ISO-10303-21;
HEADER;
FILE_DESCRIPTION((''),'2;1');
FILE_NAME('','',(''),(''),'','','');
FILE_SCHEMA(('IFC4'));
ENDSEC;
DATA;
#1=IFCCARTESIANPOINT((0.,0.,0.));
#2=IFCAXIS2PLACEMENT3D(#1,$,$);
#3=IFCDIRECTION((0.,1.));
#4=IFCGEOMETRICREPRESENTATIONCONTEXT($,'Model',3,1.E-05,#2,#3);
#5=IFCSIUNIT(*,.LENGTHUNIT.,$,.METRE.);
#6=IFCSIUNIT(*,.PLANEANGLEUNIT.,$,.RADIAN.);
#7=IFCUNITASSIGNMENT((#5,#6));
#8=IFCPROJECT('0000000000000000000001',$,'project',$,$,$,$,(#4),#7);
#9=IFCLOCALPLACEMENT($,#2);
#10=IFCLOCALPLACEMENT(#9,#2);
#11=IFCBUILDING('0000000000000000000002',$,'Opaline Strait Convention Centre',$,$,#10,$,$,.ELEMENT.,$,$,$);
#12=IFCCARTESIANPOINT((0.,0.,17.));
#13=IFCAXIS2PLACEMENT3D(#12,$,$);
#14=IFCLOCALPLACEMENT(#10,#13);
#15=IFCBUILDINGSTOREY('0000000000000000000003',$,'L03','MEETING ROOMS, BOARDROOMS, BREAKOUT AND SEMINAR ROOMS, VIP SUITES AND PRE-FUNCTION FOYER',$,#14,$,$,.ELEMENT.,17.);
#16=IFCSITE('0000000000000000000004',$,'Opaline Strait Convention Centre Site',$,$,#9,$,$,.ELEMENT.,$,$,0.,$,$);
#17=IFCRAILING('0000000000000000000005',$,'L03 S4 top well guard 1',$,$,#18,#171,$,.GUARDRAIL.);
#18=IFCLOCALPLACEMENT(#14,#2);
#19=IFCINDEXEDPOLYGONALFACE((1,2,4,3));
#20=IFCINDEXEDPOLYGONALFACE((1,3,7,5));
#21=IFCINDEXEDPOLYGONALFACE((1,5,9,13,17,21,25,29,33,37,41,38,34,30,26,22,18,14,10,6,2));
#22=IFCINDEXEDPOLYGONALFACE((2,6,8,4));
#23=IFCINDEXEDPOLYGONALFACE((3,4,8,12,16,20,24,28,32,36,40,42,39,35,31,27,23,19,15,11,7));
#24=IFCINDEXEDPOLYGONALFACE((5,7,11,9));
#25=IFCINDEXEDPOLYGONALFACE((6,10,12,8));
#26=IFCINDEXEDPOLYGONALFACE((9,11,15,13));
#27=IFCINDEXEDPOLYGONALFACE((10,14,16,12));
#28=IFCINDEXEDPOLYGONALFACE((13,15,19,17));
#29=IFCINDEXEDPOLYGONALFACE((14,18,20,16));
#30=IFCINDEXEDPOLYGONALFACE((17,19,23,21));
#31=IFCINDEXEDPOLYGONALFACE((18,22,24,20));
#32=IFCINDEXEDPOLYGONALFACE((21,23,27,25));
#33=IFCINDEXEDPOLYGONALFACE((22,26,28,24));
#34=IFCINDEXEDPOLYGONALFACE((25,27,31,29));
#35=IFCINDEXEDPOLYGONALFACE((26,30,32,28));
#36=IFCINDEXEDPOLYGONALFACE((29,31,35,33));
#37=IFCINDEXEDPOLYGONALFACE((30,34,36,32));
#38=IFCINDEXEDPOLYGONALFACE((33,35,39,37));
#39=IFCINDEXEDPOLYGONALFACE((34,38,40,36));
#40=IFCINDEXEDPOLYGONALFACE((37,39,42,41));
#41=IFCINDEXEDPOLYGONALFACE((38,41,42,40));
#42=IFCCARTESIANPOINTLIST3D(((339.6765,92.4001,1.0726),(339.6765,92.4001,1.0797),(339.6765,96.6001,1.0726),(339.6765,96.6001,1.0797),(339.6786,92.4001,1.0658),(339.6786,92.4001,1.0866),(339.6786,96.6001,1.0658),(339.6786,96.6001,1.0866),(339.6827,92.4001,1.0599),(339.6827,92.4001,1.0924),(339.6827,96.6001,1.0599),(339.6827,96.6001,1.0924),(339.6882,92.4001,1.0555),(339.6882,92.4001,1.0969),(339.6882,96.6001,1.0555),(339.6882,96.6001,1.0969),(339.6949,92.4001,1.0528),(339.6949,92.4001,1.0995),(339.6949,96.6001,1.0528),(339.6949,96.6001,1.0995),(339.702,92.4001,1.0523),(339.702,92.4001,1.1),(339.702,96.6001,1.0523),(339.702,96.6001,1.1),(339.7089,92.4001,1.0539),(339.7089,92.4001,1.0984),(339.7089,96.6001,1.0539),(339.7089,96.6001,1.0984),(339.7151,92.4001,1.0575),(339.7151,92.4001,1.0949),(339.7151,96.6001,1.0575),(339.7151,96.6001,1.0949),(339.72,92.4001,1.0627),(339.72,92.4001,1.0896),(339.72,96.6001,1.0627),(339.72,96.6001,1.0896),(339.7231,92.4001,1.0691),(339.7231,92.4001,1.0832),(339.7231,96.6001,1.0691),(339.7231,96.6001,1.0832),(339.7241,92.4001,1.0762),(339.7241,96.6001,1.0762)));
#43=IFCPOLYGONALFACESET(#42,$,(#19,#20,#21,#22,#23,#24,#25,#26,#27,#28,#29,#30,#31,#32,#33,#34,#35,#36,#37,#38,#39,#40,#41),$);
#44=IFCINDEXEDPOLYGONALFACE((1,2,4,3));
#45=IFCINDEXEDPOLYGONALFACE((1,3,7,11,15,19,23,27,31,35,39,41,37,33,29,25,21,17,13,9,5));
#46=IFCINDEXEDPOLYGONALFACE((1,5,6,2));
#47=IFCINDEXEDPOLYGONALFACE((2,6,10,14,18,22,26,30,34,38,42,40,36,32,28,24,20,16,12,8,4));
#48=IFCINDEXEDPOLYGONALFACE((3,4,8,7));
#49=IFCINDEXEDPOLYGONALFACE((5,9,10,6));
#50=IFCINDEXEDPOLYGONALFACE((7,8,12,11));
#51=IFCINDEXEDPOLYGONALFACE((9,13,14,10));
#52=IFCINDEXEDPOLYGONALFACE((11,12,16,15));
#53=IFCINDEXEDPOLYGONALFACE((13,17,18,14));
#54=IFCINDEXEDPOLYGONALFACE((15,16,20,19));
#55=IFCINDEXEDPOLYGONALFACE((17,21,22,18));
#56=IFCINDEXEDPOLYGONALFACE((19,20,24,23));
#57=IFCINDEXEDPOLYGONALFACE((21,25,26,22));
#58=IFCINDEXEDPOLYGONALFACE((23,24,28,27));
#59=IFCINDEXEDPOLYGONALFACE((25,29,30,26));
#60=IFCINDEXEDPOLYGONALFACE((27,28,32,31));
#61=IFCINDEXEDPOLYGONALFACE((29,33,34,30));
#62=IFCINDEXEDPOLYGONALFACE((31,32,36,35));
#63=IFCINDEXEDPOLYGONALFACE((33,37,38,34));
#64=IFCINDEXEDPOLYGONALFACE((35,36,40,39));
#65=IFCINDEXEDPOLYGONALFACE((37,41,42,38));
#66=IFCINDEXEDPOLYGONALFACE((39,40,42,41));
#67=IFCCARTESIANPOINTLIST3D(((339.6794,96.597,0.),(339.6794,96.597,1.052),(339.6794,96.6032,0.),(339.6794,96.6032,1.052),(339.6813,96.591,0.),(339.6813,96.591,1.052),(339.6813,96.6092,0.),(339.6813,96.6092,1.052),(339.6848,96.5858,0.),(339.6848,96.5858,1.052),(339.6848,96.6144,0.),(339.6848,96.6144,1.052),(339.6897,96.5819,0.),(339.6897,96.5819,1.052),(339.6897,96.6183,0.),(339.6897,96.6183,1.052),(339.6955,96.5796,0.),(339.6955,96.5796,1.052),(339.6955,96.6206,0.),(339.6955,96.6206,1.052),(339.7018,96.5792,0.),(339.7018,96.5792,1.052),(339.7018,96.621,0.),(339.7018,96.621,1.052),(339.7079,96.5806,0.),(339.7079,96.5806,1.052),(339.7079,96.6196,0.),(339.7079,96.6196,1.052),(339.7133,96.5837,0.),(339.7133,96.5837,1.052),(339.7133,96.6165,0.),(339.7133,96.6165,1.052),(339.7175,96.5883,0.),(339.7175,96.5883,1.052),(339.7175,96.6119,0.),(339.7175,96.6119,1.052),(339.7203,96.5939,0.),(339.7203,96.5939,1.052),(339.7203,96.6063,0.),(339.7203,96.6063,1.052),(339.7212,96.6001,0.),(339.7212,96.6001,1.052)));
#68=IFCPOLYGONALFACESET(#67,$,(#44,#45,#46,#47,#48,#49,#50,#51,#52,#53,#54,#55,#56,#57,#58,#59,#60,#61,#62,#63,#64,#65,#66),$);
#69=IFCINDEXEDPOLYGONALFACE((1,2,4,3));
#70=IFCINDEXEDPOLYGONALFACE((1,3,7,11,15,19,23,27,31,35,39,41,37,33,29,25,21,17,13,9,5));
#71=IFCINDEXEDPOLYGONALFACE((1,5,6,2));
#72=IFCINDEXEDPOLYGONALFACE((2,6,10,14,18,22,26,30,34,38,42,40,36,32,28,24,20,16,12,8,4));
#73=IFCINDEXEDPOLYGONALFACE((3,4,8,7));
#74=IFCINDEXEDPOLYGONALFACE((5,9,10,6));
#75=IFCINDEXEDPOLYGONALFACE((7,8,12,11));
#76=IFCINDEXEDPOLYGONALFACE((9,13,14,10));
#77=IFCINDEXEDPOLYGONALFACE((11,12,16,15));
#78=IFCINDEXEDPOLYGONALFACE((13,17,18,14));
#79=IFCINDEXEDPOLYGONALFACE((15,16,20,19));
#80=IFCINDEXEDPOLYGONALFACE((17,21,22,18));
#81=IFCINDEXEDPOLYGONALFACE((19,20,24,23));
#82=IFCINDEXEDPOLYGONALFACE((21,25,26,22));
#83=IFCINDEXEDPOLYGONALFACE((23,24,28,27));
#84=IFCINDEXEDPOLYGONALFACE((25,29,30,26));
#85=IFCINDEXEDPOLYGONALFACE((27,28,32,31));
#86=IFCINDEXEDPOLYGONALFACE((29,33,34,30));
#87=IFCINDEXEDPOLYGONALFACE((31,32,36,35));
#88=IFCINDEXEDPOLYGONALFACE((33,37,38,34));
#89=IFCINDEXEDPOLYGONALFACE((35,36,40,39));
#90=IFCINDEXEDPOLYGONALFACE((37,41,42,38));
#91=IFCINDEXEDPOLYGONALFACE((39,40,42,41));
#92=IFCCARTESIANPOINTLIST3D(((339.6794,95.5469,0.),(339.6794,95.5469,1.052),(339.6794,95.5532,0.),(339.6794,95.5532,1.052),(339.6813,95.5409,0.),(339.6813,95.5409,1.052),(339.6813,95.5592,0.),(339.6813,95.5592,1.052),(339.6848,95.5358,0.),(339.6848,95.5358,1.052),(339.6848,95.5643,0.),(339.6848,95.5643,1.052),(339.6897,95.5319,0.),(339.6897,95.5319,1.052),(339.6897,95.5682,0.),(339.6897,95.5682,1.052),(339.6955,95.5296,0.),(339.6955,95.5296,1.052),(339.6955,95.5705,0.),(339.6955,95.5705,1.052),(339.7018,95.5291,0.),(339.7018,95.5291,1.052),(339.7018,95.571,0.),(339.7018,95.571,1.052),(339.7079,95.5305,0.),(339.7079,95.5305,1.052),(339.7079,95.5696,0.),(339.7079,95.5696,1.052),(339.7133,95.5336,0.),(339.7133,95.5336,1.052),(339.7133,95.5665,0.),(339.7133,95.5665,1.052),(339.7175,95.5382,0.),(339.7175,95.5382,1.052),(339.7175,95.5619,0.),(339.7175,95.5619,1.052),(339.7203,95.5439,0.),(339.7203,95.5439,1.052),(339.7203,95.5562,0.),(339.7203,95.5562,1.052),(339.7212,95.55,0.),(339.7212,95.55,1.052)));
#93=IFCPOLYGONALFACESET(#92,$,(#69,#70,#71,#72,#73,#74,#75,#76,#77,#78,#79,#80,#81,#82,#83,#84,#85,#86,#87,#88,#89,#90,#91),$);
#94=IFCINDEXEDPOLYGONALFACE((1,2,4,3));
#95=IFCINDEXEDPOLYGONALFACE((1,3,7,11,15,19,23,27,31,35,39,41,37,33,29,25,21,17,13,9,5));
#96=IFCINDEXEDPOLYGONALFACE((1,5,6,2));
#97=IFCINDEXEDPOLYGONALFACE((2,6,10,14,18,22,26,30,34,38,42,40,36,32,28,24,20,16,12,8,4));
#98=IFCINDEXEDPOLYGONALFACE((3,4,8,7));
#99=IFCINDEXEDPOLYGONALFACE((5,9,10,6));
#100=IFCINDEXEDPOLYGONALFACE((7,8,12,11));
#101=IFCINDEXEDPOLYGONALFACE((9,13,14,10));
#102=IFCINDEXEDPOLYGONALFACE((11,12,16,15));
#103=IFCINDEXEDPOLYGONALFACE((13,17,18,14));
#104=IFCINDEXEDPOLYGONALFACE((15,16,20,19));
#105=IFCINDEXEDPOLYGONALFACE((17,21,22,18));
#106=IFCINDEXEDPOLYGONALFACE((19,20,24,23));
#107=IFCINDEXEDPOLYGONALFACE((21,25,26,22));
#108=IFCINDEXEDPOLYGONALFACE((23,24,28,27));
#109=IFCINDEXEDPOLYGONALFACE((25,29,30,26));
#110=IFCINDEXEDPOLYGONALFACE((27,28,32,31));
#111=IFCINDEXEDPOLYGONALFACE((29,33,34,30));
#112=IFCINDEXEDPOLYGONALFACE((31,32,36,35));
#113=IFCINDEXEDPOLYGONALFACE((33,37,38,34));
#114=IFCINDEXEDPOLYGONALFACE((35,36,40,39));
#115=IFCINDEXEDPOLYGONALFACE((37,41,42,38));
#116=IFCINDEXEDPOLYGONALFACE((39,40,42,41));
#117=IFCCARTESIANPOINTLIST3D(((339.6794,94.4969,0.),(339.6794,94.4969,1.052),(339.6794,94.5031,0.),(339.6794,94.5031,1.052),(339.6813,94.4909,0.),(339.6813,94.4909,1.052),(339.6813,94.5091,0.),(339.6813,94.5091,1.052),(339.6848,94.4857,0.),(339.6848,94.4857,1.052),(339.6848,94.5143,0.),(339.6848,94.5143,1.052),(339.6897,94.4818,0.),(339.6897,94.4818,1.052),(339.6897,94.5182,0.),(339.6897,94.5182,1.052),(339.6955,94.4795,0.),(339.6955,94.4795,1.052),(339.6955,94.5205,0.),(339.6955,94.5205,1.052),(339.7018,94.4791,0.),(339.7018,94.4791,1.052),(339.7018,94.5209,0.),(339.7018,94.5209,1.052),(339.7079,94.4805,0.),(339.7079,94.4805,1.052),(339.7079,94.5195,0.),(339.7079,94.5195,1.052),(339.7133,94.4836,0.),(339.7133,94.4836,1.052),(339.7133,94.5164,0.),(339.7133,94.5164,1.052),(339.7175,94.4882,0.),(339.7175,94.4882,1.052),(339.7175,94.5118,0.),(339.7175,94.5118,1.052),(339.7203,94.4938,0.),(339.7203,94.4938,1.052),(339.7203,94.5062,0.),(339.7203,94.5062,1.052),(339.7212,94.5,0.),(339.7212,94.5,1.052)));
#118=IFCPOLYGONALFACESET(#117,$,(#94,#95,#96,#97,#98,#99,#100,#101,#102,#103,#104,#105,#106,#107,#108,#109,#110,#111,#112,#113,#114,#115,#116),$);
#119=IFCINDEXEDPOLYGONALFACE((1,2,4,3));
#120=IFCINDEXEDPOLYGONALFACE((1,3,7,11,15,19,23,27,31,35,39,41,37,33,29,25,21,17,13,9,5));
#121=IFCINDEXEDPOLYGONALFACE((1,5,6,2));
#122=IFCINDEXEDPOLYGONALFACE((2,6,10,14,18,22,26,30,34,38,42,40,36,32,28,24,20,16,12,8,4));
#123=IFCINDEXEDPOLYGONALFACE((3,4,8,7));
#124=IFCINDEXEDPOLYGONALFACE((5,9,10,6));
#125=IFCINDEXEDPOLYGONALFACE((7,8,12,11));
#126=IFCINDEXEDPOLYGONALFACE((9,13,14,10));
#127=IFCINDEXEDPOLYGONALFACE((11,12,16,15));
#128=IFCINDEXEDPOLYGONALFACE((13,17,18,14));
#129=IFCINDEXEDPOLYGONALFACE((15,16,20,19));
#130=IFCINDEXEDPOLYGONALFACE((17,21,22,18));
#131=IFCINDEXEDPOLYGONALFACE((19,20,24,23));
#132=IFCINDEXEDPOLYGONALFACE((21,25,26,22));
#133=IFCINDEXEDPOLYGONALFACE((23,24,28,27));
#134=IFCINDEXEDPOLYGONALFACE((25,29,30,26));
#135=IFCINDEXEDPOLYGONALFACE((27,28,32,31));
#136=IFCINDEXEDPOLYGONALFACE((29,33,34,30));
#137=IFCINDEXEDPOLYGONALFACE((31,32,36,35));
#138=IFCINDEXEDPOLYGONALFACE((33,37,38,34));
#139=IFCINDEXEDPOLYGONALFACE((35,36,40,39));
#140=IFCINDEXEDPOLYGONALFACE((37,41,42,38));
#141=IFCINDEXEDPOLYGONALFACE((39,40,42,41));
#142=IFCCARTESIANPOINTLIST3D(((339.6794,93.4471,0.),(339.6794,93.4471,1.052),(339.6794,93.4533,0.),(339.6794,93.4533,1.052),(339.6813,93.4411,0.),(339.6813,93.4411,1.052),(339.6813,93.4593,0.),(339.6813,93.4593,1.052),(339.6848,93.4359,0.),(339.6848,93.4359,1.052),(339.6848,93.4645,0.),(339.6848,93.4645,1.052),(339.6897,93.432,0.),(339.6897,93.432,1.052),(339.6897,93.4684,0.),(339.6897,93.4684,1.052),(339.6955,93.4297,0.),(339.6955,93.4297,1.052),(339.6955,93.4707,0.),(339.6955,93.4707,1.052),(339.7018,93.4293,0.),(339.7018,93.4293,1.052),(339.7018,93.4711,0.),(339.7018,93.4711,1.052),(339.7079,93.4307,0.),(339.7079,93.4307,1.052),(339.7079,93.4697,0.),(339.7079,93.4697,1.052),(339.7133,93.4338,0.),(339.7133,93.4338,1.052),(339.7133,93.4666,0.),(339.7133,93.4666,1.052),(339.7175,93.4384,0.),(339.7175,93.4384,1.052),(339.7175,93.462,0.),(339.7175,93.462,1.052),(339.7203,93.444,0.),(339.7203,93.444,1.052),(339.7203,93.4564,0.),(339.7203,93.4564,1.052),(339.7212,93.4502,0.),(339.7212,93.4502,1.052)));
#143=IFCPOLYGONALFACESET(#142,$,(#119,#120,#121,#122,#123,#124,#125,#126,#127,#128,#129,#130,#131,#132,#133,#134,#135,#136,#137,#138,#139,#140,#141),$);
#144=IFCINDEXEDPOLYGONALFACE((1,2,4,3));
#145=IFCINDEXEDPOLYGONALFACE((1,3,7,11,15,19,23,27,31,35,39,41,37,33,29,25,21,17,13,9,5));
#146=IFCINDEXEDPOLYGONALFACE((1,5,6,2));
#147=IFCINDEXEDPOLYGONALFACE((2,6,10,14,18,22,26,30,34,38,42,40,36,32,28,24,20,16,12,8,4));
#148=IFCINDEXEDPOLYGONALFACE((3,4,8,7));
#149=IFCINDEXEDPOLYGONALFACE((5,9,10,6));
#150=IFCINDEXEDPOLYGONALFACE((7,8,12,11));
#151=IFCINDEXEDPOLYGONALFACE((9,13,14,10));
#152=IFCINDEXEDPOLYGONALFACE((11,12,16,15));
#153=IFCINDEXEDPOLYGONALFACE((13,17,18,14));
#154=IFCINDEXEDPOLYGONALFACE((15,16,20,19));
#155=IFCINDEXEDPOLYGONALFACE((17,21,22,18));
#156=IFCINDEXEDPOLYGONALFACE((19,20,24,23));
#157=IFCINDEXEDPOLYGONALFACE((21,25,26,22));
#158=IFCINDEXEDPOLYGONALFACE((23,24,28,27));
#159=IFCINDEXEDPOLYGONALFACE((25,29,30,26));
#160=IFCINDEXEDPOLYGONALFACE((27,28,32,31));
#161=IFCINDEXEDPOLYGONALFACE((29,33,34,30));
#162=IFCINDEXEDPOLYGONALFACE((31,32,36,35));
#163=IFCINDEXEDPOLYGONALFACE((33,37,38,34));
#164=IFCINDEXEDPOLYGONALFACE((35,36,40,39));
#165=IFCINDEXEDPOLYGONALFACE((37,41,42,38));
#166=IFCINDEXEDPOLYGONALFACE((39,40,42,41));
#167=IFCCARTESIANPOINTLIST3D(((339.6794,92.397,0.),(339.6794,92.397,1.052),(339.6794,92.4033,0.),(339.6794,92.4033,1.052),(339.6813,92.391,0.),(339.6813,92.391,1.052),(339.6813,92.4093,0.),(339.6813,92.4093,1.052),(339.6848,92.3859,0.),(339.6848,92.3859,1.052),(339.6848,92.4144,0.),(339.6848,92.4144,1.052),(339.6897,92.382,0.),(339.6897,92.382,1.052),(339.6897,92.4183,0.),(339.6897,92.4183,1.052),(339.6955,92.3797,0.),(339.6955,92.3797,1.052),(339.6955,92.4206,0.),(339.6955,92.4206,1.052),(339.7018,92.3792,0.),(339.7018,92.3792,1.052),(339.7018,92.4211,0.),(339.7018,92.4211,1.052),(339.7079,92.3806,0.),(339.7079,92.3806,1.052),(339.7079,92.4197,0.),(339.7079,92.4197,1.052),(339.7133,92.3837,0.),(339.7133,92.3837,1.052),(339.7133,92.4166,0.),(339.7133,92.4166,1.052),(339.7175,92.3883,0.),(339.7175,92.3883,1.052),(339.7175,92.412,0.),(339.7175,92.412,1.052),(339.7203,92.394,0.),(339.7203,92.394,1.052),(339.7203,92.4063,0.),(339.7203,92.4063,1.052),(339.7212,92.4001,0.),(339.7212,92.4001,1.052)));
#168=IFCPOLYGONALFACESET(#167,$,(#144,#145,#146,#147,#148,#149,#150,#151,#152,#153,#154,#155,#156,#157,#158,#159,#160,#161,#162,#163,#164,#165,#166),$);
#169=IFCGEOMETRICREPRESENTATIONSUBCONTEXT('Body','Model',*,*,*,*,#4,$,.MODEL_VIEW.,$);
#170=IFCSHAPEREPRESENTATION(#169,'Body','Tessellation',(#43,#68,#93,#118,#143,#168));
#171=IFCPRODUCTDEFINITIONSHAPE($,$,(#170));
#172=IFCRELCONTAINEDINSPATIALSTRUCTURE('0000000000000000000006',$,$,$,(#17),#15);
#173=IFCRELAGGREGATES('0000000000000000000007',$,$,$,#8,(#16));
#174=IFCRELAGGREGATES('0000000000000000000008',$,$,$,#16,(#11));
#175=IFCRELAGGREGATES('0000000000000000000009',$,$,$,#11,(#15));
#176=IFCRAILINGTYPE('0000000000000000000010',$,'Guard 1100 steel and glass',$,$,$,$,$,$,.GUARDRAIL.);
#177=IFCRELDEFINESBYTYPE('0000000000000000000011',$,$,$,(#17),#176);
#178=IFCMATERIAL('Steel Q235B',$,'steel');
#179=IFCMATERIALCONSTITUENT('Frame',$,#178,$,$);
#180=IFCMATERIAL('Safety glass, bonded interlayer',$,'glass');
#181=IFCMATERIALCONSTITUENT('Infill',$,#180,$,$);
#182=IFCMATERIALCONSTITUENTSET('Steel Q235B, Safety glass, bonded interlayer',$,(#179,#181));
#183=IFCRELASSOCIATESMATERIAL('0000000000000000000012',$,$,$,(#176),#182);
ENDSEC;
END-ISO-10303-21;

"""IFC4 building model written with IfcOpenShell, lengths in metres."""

from ifc_helpers import new_model, si_unit, direction, frame, origin, origin_2d, place, context, subcontext, project, spatial, circle, extrude, material, constituent, constituent_set, type_object, element, save


model = new_model("IFC4")

# Units and contexts
model_context = context("Model", 3, precision=1e-05, world=origin(), true_north=direction((0.0, 1.0)))
body_context = subcontext(model_context, "Body", "Model", "MODEL_VIEW")
ifc_project = project(units=[si_unit("LENGTHUNIT", "METRE"), si_unit("PLANEANGLEUNIT", "RADIAN")], contexts=[model_context])

# Site, building, storey
site_placement = place(None, origin())
site = spatial("IfcSite", under=ifc_project, at=site_placement, Name="Opaline Strait Convention Centre Site", CompositionType="ELEMENT", RefElevation=0.0)
building_placement = place(site_placement, origin())
building = spatial("IfcBuilding", under=site, at=building_placement, Name="Opaline Strait Convention Centre", CompositionType="ELEMENT")
storey_placement = place(building_placement, frame((0.0, 0.0, 17.0)))
storey = spatial("IfcBuildingStorey", under=building, at=storey_placement, Name="L03", Description="MEETING ROOMS, BOARDROOMS, BREAKOUT AND SEMINAR ROOMS, VIP SUITES AND PRE-FUNCTION FOYER", CompositionType="ELEMENT", Elevation=17.0)

# Shared definitions
ifc_material_1 = material(Name="Steel Q235B", Category="steel")

# Railing
ifc_constituent_1 = constituent(ifc_material_1, Name="Frame")
ifc_material_2 = material(Name="Safety glass, bonded interlayer", Category="glass")
ifc_constituent_2 = constituent(ifc_material_2, Name="Infill")
ifc_constituent_set = constituent_set(constituents=[ifc_constituent_1, ifc_constituent_2], Name="Steel Q235B, Safety glass, bonded interlayer")
railing_type = type_object("IfcRailingType", Name="Guard 1100 steel and glass", PredefinedType="GUARDRAIL", material=ifc_constituent_set)
railing_placement = place(storey_placement, frame((339.7002, 96.6001, 0.0)))
element("IfcRailing", 1, at=railing_placement, inside=storey, type_object=railing_type, Name="L03 S4 top well guard 1", PredefinedType="GUARDRAIL", context=body_context, shape_type="SweptSolid", body=[
    extrude(circle(Radius=0.0239, at=origin_2d()), frame((0.0, 0.0, 1.0762), z_axis=(0.0, -1.0, 0.0), x_axis=(1.0, 0.0, 0.0)), (0.0, 0.0, 1.0), 4.2),
    extrude(circle(Radius=0.021, at=origin_2d()), origin(), (0.0, 0.0, 1.0), 1.052),
    extrude(circle(Radius=0.021, at=origin_2d()), frame((0.0, -1.05, 0.0)), (0.0, 0.0, 1.0), 1.052),
    extrude(circle(Radius=0.021, at=origin_2d()), frame((0.0, -2.1001, 0.0)), (0.0, 0.0, 1.0), 1.052),
    extrude(circle(Radius=0.021, at=origin_2d()), frame((0.0, -3.1499, 0.0)), (0.0, 0.0, 1.0), 1.052),
    extrude(circle(Radius=0.021, at=origin_2d()), frame((0.0, -4.2, 0.0)), (0.0, 0.0, 1.0), 1.052),
])

save(model, "model.ifc")
